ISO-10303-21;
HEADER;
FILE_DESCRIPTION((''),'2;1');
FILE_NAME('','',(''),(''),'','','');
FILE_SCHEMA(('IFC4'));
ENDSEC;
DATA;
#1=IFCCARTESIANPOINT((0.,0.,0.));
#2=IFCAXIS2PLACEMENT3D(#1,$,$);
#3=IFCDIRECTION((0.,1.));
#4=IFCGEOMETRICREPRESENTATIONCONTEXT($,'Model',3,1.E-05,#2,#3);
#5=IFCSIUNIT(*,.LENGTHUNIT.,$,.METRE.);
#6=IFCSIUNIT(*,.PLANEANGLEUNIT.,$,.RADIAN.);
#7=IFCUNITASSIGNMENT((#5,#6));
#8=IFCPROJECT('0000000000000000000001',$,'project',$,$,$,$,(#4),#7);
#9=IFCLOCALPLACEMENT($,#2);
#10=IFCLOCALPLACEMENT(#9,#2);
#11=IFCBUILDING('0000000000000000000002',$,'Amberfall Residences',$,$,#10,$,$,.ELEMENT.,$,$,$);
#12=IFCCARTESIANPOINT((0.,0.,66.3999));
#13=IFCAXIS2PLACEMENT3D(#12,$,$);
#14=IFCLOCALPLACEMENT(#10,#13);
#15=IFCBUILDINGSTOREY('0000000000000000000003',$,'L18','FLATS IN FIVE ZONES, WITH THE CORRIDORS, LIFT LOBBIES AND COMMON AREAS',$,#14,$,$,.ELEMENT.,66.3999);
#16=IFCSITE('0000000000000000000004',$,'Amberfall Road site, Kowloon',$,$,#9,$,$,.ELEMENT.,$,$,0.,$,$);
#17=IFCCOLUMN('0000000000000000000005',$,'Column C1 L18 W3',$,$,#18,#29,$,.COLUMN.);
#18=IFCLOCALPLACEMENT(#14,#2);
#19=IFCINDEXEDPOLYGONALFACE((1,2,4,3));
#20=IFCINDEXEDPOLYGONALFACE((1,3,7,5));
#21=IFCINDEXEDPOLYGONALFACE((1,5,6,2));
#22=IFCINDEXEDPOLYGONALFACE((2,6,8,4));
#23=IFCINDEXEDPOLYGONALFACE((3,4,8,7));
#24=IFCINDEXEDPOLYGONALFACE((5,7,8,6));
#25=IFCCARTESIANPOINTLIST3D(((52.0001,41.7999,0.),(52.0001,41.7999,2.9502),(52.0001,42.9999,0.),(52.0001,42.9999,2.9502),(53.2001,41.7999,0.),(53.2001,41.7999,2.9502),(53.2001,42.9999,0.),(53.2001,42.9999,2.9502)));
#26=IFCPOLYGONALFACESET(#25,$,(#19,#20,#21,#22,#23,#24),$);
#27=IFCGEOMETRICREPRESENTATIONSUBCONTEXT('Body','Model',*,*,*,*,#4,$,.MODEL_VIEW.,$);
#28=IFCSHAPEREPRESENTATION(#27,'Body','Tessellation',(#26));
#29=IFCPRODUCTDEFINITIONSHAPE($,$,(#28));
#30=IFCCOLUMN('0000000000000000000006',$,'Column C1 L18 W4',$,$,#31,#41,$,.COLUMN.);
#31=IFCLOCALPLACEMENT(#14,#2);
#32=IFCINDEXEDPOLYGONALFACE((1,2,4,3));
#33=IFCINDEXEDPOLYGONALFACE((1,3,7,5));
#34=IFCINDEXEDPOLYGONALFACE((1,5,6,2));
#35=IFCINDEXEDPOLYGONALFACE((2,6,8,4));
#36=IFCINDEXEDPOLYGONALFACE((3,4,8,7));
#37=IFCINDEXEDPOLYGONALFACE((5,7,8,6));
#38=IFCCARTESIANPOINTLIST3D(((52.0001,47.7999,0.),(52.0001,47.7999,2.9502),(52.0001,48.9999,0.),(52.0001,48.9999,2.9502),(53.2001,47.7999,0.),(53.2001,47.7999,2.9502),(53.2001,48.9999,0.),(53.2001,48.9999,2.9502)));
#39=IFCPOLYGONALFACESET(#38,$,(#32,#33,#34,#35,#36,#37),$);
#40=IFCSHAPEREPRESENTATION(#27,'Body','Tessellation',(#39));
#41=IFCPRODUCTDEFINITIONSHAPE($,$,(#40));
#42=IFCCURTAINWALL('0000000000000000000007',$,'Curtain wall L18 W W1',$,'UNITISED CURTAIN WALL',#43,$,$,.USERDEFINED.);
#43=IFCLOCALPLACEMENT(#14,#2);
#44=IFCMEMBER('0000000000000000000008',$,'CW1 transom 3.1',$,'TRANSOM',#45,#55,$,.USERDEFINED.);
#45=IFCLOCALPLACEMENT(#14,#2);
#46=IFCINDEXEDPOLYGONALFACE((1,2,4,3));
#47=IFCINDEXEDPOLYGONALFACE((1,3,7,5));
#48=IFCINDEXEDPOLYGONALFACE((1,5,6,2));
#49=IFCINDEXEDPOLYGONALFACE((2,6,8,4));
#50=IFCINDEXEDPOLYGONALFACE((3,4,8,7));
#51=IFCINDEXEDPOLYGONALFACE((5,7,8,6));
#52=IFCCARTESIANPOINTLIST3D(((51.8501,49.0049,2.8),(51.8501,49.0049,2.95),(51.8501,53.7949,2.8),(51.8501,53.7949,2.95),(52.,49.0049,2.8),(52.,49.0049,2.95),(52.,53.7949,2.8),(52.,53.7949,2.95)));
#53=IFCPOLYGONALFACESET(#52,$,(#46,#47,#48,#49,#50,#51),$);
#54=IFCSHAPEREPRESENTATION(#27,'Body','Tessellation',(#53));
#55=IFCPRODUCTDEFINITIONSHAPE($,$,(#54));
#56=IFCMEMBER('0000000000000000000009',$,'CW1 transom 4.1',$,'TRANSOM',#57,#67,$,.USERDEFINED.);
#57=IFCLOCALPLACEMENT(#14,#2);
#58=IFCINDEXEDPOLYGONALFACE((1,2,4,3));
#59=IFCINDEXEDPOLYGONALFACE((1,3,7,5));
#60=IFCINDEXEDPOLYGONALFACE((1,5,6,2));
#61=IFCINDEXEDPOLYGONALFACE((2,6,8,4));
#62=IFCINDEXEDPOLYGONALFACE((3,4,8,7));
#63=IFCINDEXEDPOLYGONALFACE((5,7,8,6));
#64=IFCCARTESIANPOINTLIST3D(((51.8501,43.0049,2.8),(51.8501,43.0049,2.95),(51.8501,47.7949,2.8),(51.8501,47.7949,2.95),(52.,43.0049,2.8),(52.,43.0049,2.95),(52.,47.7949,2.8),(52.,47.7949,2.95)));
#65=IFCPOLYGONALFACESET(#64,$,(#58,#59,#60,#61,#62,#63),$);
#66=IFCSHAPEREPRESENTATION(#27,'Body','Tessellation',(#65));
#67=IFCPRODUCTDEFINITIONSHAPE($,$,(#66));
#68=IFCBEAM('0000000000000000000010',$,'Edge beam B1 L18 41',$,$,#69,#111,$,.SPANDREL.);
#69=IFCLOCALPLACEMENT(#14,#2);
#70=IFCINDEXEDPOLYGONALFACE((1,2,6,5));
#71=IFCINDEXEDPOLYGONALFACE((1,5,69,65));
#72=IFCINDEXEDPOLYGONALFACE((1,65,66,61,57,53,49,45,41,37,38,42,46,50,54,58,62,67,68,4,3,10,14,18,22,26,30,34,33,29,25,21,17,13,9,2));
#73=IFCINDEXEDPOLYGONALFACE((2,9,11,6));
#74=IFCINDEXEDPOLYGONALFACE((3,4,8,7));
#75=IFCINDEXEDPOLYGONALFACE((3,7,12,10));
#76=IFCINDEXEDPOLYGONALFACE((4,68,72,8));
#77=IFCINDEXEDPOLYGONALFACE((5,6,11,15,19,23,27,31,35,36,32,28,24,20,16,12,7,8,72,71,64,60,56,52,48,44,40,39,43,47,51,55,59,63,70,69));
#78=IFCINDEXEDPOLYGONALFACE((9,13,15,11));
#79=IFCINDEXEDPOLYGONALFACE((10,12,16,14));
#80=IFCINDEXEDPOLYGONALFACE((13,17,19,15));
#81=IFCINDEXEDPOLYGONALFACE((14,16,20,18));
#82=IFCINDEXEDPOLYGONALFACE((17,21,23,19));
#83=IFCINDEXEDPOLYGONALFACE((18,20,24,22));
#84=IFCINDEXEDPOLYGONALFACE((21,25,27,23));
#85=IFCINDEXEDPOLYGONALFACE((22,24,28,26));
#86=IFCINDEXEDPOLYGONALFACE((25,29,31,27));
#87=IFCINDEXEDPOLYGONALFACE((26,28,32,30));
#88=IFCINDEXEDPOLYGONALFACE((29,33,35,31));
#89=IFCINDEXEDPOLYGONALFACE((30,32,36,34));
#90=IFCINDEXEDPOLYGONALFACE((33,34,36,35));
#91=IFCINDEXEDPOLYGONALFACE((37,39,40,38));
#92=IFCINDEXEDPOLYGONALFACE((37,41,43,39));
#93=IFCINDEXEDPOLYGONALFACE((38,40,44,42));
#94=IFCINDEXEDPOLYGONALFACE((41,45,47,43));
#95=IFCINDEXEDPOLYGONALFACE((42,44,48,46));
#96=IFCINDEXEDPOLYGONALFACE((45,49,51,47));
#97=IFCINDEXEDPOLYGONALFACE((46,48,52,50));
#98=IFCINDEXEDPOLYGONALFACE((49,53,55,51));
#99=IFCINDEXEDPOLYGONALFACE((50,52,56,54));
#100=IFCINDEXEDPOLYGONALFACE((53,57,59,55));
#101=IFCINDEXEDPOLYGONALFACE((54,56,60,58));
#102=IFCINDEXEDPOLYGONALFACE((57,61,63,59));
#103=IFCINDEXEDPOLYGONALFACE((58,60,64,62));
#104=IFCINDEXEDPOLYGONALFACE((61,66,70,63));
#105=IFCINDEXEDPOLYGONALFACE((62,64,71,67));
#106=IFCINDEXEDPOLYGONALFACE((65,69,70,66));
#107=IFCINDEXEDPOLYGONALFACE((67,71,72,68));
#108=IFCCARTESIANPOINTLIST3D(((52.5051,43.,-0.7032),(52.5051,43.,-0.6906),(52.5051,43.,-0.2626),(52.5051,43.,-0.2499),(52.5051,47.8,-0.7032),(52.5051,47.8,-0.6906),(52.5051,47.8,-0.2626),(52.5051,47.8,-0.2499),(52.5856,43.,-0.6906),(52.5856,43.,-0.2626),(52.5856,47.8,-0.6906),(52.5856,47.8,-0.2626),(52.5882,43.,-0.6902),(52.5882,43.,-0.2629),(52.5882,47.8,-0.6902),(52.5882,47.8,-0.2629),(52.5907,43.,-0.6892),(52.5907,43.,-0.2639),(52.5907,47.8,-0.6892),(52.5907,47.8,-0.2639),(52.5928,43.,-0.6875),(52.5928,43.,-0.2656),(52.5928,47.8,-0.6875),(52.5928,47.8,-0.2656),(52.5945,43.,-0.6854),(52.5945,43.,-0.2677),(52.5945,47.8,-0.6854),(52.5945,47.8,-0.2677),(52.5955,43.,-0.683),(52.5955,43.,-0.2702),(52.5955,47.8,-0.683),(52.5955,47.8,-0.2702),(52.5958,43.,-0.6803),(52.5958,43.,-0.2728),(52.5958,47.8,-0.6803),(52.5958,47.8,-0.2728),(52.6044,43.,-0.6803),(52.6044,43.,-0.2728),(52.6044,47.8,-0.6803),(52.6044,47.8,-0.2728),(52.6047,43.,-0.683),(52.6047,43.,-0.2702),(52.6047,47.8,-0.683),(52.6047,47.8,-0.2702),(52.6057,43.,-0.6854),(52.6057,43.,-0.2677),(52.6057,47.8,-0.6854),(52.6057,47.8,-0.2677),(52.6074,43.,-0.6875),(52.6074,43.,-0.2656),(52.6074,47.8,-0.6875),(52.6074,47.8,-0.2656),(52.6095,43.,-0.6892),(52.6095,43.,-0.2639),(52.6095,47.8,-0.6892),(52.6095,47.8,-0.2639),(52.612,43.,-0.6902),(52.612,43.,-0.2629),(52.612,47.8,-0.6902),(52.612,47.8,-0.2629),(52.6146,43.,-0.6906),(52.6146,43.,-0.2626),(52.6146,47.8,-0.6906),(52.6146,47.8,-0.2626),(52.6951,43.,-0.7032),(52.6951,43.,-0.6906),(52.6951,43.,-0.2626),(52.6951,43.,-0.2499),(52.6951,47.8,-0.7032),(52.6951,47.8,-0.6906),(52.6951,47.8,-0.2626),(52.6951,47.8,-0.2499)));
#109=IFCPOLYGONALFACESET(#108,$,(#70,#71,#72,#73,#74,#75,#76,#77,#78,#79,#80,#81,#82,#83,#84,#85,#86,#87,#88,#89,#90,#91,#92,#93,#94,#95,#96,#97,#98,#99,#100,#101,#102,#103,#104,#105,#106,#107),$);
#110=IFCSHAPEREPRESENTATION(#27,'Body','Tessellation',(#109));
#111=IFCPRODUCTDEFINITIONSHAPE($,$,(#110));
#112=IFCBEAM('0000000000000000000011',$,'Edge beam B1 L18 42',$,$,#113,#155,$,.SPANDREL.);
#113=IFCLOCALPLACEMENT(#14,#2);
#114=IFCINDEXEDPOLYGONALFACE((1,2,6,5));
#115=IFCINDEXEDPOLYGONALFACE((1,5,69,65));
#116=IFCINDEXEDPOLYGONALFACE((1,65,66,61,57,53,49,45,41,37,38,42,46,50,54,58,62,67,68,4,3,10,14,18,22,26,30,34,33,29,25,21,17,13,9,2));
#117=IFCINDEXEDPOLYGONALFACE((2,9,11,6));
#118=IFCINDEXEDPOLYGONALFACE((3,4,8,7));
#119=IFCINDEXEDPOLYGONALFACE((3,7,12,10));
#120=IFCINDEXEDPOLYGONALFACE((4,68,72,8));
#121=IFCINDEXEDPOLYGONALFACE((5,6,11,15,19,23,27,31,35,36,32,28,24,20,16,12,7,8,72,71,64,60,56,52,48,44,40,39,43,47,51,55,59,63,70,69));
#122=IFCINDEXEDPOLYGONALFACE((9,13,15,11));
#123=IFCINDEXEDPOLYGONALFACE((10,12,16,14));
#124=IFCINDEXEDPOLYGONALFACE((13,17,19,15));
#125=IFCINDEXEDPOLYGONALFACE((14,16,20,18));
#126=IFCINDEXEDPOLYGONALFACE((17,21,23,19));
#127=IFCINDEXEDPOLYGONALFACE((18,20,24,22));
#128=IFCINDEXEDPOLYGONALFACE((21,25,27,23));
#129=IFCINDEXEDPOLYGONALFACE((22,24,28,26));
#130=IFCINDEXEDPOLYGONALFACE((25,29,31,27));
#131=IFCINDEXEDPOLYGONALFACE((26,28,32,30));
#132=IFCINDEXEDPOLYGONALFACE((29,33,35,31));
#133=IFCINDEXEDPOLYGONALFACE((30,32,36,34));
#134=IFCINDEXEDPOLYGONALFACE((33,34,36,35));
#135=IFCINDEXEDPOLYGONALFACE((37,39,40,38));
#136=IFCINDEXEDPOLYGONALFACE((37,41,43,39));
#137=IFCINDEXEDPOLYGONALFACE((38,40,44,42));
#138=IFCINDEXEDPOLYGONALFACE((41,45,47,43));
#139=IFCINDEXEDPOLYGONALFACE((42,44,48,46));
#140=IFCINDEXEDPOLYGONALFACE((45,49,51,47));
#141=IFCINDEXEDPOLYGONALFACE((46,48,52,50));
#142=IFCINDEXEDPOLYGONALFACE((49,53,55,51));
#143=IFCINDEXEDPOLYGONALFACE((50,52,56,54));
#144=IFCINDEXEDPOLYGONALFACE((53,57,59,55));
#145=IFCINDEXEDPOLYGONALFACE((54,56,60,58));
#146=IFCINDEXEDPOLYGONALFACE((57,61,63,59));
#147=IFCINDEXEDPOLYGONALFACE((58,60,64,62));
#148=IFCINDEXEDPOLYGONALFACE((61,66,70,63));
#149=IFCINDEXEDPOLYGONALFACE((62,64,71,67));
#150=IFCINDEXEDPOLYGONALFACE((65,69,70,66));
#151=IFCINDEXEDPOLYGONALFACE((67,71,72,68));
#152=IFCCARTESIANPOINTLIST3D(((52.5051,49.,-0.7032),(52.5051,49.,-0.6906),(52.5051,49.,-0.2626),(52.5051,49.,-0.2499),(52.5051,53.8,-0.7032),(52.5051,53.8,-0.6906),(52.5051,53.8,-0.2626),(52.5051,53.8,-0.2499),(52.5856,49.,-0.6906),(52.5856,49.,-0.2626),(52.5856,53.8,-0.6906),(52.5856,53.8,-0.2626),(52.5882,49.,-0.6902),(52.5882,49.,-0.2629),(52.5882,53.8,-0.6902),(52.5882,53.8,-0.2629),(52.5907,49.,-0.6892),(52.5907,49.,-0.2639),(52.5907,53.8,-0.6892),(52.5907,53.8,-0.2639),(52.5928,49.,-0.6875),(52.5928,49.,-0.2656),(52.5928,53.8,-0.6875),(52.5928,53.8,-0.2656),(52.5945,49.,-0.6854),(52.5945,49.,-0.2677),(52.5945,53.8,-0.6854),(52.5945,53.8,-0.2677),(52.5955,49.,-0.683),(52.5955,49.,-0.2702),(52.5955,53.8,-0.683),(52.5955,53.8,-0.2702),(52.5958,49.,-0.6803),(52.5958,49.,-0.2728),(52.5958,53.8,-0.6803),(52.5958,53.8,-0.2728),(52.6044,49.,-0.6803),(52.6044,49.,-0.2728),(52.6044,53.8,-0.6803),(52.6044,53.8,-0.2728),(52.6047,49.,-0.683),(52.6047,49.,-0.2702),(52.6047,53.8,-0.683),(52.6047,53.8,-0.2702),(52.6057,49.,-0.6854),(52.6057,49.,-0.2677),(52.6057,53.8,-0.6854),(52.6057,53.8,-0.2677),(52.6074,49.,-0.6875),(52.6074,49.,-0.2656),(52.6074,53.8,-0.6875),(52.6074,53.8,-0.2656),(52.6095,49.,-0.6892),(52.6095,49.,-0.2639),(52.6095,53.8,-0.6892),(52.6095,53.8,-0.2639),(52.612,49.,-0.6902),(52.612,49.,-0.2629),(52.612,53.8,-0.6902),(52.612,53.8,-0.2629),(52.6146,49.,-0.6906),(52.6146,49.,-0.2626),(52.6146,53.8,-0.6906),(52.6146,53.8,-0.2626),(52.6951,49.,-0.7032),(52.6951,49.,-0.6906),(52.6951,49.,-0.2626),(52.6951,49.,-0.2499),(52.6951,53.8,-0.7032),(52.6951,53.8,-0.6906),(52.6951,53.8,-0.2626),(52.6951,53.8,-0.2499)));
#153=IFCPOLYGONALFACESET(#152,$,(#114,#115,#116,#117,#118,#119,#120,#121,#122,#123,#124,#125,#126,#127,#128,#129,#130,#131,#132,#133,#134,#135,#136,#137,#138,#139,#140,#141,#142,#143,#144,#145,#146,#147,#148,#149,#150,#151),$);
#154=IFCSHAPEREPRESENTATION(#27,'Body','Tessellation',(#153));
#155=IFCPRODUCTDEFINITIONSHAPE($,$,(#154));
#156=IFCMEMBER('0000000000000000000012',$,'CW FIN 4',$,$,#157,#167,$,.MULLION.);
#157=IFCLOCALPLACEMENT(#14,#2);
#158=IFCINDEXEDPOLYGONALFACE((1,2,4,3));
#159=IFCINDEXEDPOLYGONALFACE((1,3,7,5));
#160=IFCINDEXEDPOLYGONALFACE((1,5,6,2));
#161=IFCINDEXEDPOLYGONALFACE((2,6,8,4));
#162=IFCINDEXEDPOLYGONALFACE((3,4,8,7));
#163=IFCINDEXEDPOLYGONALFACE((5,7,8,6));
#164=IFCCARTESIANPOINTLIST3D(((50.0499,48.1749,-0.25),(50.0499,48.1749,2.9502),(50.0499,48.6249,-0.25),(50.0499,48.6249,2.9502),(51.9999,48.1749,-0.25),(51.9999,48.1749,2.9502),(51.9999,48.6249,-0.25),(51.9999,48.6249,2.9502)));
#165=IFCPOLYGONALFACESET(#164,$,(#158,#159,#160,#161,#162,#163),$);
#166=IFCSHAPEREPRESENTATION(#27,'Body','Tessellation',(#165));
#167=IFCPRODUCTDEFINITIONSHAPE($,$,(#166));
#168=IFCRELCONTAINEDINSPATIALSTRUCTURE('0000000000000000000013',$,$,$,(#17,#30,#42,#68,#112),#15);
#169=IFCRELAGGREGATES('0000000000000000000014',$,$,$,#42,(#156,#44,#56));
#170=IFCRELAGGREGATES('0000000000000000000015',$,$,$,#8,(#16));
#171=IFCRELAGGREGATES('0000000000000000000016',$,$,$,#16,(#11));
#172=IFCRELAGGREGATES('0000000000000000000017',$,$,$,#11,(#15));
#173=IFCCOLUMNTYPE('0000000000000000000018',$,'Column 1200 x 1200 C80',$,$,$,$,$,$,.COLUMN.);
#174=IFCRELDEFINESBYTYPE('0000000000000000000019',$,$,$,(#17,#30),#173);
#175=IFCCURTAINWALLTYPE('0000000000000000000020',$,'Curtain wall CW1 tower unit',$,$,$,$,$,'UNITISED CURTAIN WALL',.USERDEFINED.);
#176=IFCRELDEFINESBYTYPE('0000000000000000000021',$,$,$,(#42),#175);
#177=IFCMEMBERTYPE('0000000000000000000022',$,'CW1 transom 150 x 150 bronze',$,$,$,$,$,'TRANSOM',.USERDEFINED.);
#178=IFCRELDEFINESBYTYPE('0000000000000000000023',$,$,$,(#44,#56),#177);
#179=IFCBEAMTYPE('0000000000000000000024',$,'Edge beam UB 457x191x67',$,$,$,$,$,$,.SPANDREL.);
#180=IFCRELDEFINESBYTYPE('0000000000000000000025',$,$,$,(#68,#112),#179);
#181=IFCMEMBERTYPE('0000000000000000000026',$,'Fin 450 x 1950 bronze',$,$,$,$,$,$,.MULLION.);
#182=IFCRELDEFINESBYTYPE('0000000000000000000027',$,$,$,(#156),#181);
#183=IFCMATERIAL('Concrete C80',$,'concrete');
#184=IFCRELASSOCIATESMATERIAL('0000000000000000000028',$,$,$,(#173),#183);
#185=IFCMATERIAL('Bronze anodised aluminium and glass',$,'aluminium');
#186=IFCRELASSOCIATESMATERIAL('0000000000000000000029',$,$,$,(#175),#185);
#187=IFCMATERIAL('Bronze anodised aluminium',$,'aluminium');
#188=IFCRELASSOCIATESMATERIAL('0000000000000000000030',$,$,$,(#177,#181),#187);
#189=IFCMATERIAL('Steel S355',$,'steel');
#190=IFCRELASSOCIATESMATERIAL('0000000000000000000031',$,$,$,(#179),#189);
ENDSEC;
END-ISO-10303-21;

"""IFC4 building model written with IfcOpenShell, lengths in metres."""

from ifc_helpers import new_model, si_unit, direction, frame, origin, origin_2d, place, context, subcontext, project, spatial, rectangle, i_section, extrude, material, material_profile, profile_set, type_object, element, aggregate, save


model = new_model("IFC4")

# Units and contexts
model_context = context("Model", 3, precision=1e-05, world=origin(), true_north=direction((0.0, 1.0)))
body_context = subcontext(model_context, "Body", "Model", "MODEL_VIEW")
ifc_project = project(units=[si_unit("LENGTHUNIT", "METRE"), si_unit("PLANEANGLEUNIT", "RADIAN")], contexts=[model_context])

# Site, building, storey
site_placement = place(None, origin())
site = spatial("IfcSite", under=ifc_project, at=site_placement, Name="Amberfall Road site, Kowloon", CompositionType="ELEMENT", RefElevation=0.0)
building_placement = place(site_placement, origin())
building = spatial("IfcBuilding", under=site, at=building_placement, Name="Amberfall Residences", CompositionType="ELEMENT")
storey_placement = place(building_placement, frame((0.0, 0.0, 66.3999)))
storey = spatial("IfcBuildingStorey", under=building, at=storey_placement, Name="L18", Description="FLATS IN FIVE ZONES, WITH THE CORRIDORS, LIFT LOBBIES AND COMMON AREAS", CompositionType="ELEMENT", Elevation=66.3999)

# Columns
ifc_material_1 = material(Name="Concrete C80", Category="concrete")
ifc_material_profile_1 = material_profile(ifc_material_1, rectangle(XDim=1.2, YDim=1.2, at=origin_2d()), Name="Column 1200 x 1200 C80")
ifc_profile_set_1 = profile_set([ifc_material_profile_1], Name="Concrete C80")
column_type = type_object("IfcColumnType", Name="Column 1200 x 1200 C80", PredefinedType="COLUMN", material=ifc_profile_set_1)
for number, where, z_axis, x_axis, name in (
    (1, (52.6001, 42.3999, 0.0), (0.0, 0.0, 1.0), (1.0, 0.0, 0.0), "Column C1 L18 W3"),
    (2, (52.6001, 48.3999, 0.0), (0.0, 0.0, 1.0), (1.0, 0.0, 0.0), "Column C1 L18 W4"),
):
    element("IfcColumn", number, at=place(storey_placement, frame(where, z_axis=z_axis, x_axis=x_axis)), inside=storey, type_object=column_type, Name=name, PredefinedType="COLUMN", context=body_context, shape_type="SweptSolid", body=[
        extrude(rectangle(XDim=1.2, YDim=1.2, at=origin_2d()), origin(), (0.0, 0.0, 1.0), 2.9502),
    ])

# Curtain wall, members
ifc_material_2 = material(Name="Bronze anodised aluminium and glass", Category="aluminium")
curtain_wall_type = type_object("IfcCurtainWallType", Name="Curtain wall CW1 tower unit", ElementType="UNITISED CURTAIN WALL", PredefinedType="USERDEFINED", material=ifc_material_2)
curtain_wall_placement = place(storey_placement, origin())
curtain_wall = element("IfcCurtainWall", 3, at=curtain_wall_placement, inside=storey, type_object=curtain_wall_type, Name="Curtain wall L18 W W1", ObjectType="UNITISED CURTAIN WALL", PredefinedType="USERDEFINED")
ifc_material_3 = material(Name="Bronze anodised aluminium", Category="aluminium")
ifc_material_profile_2 = material_profile(ifc_material_3, rectangle(XDim=0.1499, YDim=0.1499, at=origin_2d()), Name="CW1 transom 150 x 150 bronze")
ifc_profile_set_2 = profile_set([ifc_material_profile_2], Name="Bronze anodised aluminium")
member_type_1 = type_object("IfcMemberType", Name="CW1 transom 150 x 150 bronze", ElementType="TRANSOM", PredefinedType="USERDEFINED", material=ifc_profile_set_2)
member_1_placement = place(storey_placement, frame((51.925, 53.7949, 2.875), z_axis=(0.0, -1.0, 0.0), x_axis=(1.0, 0.0, 0.0)))
member_1 = element("IfcMember", 4, at=member_1_placement, type_object=member_type_1, Name="CW1 transom 3.1", ObjectType="TRANSOM", PredefinedType="USERDEFINED", context=body_context, shape_type="SweptSolid", body=[
    extrude(rectangle(XDim=0.1499, YDim=0.1499, at=origin_2d()), origin(), (0.0, 0.0, 1.0), 4.79),
])
member_2_placement = place(storey_placement, frame((51.925, 47.7949, 2.875), z_axis=(0.0, -1.0, 0.0), x_axis=(1.0, 0.0, 0.0)))
member_2 = element("IfcMember", 5, at=member_2_placement, type_object=member_type_1, Name="CW1 transom 4.1", ObjectType="TRANSOM", PredefinedType="USERDEFINED", context=body_context, shape_type="SweptSolid", body=[
    extrude(rectangle(XDim=0.1499, YDim=0.1499, at=origin_2d()), origin(), (0.0, 0.0, 1.0), 4.79),
])

# Beams
ifc_material_4 = material(Name="Steel S355", Category="steel")
ifc_material_profile_3 = material_profile(ifc_material_4, i_section(OverallWidth=0.1899, OverallDepth=0.4534, WebThickness=0.0085, FlangeThickness=0.0127, FilletRadius=0.0103, at=origin_2d()), Name="UB 457x191x67")
ifc_profile_set_3 = profile_set([ifc_material_profile_3], Name="Steel S355")
beam_type_1 = type_object("IfcBeamType", Name="Edge beam UB 457x191x67", PredefinedType="SPANDREL", material=ifc_profile_set_3)
for number, where, z_axis, x_axis, name in (
    (6, (52.6001, 43.0, -0.4766), (0.0, 1.0, 0.0), (-1.0, 0.0, 0.0), "Edge beam B1 L18 41"),
    (7, (52.6001, 49.0, -0.4766), (0.0, 1.0, 0.0), (-1.0, 0.0, 0.0), "Edge beam B1 L18 42"),
):
    element("IfcBeam", number, at=place(storey_placement, frame(where, z_axis=z_axis, x_axis=x_axis)), inside=storey, type_object=beam_type_1, Name=name, PredefinedType="SPANDREL", context=body_context, shape_type="SweptSolid", body=[
        extrude(i_section(OverallWidth=0.1899, OverallDepth=0.4534, WebThickness=0.0085, FlangeThickness=0.0127, FilletRadius=0.0103, at=origin_2d()), origin(), (0.0, 0.0, 1.0), 4.8),
    ])

# Member
ifc_material_profile_4 = material_profile(ifc_material_3, rectangle(XDim=1.95, YDim=0.45, at=origin_2d()), Name="Fin 450 x 1950 bronze")
ifc_profile_set_4 = profile_set([ifc_material_profile_4], Name="Bronze anodised aluminium")
member_type_2 = type_object("IfcMemberType", Name="Fin 450 x 1950 bronze", PredefinedType="MULLION", material=ifc_profile_set_4)
member_3_placement = place(storey_placement, frame((51.0249, 48.3999, -0.25), z_axis=(0.0, 0.0, 1.0), x_axis=(1.0, 0.0, 0.0)))
member_3 = element("IfcMember", 8, at=member_3_placement, type_object=member_type_2, Name="CW FIN 4", PredefinedType="MULLION", context=body_context, shape_type="SweptSolid", body=[
    extrude(rectangle(XDim=1.95, YDim=0.45, at=origin_2d()), origin(), (0.0, 0.0, 1.0), 3.2002),
])

aggregate(curtain_wall, [member_3, member_1, member_2])

save(model, "model.ifc")
